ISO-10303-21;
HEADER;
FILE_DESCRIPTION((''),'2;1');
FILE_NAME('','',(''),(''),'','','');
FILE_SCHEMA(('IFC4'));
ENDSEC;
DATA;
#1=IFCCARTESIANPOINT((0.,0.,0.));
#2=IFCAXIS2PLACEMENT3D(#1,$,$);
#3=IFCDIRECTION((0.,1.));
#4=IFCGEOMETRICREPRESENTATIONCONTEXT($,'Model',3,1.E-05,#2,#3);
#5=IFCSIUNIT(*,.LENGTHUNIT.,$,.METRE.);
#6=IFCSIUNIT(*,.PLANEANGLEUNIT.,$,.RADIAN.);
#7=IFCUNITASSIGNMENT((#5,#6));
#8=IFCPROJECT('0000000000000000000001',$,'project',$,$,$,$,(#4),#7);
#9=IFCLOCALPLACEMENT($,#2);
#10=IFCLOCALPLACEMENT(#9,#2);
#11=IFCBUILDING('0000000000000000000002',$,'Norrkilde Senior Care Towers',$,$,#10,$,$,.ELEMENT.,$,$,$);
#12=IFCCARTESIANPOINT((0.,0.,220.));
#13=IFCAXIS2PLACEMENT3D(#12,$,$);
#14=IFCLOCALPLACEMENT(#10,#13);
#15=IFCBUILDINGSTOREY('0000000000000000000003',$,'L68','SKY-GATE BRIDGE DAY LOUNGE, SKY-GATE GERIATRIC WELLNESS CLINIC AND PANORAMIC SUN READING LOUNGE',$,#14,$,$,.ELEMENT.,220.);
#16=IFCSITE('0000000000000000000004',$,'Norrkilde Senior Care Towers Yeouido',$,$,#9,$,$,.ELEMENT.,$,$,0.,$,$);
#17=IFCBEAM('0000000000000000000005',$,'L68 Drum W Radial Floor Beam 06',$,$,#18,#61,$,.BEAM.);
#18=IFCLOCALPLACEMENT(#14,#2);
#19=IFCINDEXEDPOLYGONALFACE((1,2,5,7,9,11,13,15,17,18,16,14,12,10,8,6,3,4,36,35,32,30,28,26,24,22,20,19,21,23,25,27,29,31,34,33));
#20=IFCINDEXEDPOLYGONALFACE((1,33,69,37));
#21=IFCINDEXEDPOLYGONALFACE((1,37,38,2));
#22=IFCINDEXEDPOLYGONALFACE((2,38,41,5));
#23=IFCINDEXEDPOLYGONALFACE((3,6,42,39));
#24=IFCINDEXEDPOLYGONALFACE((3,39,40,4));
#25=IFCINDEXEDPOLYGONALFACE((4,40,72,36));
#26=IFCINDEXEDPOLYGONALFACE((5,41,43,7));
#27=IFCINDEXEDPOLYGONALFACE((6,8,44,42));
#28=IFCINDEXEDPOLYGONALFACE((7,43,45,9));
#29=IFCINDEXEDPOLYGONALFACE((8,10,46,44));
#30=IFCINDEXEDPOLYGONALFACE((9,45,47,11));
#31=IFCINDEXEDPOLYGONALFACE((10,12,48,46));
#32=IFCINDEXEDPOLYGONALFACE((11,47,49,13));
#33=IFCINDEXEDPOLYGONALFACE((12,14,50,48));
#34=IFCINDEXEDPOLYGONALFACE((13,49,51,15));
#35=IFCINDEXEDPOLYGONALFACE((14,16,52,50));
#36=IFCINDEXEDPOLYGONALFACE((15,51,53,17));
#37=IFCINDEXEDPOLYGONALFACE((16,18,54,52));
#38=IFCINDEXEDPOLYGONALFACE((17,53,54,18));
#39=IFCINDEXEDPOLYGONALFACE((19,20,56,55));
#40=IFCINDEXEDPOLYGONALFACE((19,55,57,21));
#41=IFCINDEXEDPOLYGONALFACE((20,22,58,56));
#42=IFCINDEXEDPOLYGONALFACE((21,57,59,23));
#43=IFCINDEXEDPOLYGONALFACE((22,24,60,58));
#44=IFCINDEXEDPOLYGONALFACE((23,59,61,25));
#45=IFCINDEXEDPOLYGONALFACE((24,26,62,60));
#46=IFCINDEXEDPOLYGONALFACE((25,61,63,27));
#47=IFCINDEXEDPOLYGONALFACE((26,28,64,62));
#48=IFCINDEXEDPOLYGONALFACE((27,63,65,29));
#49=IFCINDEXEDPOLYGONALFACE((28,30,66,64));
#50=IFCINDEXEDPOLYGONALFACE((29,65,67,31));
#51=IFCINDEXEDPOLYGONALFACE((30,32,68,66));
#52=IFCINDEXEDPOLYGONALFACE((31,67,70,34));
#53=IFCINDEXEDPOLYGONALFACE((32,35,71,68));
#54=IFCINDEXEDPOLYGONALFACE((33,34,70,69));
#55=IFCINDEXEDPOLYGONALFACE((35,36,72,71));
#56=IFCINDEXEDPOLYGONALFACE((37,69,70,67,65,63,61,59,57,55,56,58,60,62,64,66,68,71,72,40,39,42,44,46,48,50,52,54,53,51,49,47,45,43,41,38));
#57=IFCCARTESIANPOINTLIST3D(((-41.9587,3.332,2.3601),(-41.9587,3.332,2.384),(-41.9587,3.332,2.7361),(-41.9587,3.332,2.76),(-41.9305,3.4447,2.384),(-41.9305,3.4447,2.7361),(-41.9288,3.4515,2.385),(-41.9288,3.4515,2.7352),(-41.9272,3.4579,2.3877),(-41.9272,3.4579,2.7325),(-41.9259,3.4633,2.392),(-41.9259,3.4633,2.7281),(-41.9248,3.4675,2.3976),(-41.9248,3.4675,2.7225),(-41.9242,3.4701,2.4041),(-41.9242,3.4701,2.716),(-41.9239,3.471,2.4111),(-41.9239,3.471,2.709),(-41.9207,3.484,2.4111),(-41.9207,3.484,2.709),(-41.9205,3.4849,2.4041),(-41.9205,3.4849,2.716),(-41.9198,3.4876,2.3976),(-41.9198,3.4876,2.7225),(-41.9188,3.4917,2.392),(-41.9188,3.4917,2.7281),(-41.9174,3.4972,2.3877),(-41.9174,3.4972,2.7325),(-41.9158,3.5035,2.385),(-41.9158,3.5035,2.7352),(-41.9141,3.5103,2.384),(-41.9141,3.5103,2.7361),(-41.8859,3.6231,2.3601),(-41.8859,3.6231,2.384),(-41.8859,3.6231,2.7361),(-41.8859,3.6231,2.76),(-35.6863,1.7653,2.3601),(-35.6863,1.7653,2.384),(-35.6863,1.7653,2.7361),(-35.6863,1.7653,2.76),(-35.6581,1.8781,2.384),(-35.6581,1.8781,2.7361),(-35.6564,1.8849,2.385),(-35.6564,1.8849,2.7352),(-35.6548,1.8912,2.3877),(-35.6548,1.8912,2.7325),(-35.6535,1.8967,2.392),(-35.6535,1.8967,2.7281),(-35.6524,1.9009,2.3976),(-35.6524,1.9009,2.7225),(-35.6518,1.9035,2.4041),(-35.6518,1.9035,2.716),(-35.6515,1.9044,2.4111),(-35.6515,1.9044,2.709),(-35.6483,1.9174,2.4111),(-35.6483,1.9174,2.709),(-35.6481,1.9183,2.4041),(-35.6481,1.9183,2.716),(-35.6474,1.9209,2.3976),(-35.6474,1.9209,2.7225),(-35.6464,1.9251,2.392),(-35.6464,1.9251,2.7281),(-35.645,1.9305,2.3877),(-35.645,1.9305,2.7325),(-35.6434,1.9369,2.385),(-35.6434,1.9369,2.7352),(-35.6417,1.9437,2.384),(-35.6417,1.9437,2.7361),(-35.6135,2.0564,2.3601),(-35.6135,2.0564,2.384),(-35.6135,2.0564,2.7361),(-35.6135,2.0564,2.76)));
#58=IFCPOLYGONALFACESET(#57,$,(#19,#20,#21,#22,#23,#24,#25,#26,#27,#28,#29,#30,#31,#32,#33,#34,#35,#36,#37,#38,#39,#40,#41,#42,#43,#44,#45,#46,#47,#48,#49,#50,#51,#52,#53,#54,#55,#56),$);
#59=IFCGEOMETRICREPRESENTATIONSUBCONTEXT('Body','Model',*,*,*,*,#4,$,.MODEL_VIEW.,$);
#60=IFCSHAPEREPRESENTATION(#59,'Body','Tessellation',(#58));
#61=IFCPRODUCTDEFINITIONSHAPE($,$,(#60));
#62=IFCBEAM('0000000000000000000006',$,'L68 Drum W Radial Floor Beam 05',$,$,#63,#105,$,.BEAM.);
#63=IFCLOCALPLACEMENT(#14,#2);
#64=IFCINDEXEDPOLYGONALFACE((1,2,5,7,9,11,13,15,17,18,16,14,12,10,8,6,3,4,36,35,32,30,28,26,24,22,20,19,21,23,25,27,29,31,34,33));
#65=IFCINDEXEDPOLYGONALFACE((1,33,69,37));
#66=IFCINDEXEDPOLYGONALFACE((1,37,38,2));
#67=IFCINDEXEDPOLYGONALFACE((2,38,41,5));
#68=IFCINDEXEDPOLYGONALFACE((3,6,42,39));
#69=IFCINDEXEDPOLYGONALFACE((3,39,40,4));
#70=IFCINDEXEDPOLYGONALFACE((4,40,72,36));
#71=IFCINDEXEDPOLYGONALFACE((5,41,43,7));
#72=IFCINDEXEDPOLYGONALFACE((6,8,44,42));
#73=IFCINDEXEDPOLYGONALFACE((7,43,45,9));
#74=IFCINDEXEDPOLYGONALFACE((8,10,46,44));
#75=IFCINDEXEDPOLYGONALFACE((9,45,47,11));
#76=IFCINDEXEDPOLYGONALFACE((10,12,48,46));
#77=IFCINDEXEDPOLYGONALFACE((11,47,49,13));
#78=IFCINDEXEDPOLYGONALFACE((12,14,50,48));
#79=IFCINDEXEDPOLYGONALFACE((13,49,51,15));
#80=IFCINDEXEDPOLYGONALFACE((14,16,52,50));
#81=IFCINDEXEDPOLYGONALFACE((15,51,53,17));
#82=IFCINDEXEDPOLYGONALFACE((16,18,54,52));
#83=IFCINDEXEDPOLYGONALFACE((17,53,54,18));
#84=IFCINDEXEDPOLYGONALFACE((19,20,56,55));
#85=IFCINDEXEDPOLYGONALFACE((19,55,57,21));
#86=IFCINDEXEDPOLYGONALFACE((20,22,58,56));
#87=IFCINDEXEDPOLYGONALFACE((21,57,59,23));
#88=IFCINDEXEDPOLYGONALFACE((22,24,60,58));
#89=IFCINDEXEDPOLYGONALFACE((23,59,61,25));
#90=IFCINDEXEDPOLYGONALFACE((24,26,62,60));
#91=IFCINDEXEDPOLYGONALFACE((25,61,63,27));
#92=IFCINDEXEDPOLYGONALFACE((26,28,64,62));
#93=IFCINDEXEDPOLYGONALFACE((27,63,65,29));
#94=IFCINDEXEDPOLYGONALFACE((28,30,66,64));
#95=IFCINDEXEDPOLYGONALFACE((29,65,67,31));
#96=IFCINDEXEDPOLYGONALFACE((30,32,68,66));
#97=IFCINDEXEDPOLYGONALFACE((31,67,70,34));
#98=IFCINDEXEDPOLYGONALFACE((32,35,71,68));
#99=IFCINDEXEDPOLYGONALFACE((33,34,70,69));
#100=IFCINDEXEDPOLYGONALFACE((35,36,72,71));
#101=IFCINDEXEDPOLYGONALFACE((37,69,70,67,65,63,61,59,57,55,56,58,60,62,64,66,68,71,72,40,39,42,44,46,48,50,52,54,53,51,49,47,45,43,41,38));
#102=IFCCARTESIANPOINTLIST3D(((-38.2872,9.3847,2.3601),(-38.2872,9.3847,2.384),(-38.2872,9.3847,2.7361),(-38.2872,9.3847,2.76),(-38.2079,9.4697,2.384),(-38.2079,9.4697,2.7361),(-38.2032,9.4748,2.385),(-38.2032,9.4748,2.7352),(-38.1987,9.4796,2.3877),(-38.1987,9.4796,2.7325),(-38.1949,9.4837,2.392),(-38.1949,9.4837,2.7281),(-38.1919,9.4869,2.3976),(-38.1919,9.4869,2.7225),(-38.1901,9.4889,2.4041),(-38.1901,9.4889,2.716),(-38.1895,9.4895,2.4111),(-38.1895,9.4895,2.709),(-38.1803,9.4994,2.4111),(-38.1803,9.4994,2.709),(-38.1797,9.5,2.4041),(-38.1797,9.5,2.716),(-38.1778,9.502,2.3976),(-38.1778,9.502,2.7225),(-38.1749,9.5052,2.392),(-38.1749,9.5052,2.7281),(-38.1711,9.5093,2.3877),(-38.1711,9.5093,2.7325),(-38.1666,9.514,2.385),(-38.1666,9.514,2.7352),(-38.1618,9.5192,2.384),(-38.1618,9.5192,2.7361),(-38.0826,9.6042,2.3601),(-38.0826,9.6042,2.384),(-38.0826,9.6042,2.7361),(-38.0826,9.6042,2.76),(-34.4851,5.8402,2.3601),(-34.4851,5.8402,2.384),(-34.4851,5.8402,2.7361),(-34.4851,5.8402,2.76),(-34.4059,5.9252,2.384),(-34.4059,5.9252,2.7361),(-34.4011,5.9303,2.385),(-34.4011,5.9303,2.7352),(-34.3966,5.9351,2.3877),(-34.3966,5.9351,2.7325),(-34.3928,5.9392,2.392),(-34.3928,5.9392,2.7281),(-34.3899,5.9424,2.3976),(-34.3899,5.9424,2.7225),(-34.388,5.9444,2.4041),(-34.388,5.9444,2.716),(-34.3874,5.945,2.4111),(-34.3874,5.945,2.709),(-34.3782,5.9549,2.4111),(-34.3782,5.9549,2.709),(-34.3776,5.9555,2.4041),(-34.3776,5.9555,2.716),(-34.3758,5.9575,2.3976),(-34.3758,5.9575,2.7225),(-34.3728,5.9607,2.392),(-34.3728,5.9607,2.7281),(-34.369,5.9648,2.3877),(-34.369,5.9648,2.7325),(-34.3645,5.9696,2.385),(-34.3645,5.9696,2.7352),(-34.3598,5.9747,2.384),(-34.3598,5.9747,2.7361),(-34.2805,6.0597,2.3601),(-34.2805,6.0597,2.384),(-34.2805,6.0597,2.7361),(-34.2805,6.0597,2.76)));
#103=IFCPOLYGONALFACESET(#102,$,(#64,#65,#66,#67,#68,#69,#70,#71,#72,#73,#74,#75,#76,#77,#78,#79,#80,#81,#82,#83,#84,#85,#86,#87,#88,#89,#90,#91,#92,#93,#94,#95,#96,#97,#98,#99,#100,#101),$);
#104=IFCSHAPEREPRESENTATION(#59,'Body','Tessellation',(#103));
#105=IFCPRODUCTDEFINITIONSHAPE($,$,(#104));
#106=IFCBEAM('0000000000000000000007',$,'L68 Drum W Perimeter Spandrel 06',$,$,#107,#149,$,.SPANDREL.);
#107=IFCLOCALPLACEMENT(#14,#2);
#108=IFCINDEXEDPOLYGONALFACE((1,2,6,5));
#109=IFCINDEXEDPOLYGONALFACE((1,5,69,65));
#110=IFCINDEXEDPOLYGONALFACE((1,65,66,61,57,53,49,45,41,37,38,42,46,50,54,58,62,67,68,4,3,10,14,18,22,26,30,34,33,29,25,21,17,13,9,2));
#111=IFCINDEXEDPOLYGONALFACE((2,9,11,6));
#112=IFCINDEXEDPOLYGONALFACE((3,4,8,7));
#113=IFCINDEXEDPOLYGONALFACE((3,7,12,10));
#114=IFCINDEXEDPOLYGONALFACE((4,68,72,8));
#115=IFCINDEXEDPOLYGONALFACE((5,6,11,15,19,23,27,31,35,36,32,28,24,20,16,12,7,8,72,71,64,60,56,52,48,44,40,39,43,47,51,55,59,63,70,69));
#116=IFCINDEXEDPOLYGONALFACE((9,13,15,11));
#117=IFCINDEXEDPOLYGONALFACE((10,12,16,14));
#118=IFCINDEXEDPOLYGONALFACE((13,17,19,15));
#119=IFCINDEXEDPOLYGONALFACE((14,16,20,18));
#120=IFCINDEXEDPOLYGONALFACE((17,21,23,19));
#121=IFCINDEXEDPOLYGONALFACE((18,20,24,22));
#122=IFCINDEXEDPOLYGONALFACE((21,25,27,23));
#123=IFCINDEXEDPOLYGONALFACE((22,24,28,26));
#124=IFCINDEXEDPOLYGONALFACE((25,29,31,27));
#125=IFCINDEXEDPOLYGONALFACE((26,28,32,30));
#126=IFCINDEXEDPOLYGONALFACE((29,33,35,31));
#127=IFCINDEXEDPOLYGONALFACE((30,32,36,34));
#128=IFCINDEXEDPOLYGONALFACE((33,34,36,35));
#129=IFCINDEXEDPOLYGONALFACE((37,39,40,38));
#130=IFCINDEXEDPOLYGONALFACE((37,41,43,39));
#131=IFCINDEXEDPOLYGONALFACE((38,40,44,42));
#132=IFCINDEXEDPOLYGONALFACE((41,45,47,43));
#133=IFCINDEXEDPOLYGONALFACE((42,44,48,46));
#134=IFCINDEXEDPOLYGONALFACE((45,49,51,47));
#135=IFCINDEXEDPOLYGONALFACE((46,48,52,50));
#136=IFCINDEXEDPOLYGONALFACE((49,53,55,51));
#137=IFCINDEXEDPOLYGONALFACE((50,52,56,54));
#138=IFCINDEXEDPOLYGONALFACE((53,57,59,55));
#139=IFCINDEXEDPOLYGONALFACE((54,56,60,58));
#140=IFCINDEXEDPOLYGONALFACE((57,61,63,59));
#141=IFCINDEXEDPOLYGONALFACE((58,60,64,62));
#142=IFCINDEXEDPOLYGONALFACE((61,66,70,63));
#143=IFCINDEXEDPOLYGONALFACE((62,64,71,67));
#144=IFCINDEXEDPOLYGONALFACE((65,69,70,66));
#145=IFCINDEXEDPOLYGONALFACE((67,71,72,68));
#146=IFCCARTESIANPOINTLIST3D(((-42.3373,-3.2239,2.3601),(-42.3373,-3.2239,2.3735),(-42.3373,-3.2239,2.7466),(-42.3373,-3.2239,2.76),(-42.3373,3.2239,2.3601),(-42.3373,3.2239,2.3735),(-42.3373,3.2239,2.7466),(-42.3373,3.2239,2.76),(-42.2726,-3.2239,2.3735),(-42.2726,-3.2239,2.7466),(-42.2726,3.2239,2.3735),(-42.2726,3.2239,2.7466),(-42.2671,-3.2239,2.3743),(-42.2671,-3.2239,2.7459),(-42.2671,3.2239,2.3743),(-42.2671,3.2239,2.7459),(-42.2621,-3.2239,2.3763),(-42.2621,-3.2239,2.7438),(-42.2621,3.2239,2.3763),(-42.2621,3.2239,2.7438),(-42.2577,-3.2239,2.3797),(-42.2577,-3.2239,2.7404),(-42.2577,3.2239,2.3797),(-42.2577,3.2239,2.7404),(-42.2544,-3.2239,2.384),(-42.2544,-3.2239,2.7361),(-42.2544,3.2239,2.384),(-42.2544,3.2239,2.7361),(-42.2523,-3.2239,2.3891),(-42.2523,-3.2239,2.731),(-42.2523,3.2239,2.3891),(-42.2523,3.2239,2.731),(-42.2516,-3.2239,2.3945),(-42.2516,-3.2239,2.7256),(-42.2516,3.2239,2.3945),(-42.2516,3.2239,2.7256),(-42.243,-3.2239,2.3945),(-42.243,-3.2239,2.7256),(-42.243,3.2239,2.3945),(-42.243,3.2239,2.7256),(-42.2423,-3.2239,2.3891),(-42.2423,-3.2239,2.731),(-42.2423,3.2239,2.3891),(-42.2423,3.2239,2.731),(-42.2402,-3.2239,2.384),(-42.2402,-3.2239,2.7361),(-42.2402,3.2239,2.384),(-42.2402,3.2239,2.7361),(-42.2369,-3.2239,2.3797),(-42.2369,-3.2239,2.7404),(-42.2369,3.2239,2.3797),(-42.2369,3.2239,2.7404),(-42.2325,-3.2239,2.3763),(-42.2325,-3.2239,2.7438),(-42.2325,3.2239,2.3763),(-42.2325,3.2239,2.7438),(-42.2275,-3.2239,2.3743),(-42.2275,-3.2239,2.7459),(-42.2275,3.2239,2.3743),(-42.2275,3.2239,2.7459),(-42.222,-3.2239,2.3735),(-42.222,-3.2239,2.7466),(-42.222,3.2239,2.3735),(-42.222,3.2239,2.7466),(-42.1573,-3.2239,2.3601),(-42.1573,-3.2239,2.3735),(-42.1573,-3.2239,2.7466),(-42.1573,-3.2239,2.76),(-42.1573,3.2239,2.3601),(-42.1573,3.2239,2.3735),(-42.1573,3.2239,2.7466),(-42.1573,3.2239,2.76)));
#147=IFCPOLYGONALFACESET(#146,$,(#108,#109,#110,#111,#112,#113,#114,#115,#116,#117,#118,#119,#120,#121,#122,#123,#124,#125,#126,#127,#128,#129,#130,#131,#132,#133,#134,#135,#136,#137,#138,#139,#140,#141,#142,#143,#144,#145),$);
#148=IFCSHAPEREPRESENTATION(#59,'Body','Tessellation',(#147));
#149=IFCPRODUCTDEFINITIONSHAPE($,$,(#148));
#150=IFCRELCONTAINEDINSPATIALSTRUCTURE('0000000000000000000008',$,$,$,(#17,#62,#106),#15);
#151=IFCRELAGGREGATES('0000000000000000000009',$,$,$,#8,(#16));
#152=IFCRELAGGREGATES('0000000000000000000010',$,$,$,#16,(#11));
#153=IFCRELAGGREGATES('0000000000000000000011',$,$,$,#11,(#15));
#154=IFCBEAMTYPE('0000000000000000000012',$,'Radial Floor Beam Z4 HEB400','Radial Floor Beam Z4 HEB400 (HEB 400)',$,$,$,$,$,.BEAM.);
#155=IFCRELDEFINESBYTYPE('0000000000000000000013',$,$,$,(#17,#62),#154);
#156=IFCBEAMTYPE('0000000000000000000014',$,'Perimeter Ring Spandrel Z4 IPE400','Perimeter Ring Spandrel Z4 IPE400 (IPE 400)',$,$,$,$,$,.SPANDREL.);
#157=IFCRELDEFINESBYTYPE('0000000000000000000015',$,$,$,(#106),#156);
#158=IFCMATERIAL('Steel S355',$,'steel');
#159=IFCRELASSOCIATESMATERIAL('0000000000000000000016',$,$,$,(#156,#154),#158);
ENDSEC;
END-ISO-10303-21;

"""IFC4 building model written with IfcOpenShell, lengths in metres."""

from ifc_helpers import new_model, si_unit, direction, frame, origin, origin_2d, place, context, subcontext, project, spatial, i_section, extrude, source, transform, mapped, material, material_profile, profile_set, type_object, type_shapes, element, save


model = new_model("IFC4")

# Units and contexts
model_context = context("Model", 3, precision=1e-05, world=origin(), true_north=direction((0.0, 1.0)))
body_context = subcontext(model_context, "Body", "Model", "MODEL_VIEW")
ifc_project = project(units=[si_unit("LENGTHUNIT", "METRE"), si_unit("PLANEANGLEUNIT", "RADIAN")], contexts=[model_context])

# Site, building, storey
site_placement = place(None, origin())
site = spatial("IfcSite", under=ifc_project, at=site_placement, Name="Norrkilde Senior Care Towers Yeouido", CompositionType="ELEMENT", RefElevation=0.0)
building_placement = place(site_placement, origin())
building = spatial("IfcBuilding", under=site, at=building_placement, Name="Norrkilde Senior Care Towers", CompositionType="ELEMENT")
storey_placement = place(building_placement, frame((0.0, 0.0, 220.0)))
storey = spatial("IfcBuildingStorey", under=building, at=storey_placement, Name="L68", Description="SKY-GATE BRIDGE DAY LOUNGE, SKY-GATE GERIATRIC WELLNESS CLINIC AND PANORAMIC SUN READING LOUNGE", CompositionType="ELEMENT", Elevation=220.0)

# Beams
ifc_material_1 = material(Name="Steel S355", Category="steel")
ifc_material_profile_1 = material_profile(ifc_material_1, i_section(OverallWidth=0.1799, OverallDepth=0.3999, WebThickness=0.0085, FlangeThickness=0.0134, FilletRadius=0.021, at=origin_2d()), Name="IPE 400")
ifc_profile_set_1 = profile_set([ifc_material_profile_1], Name="Steel S355")
beam_type_1 = type_object("IfcBeamType", Name="Perimeter Ring Spandrel Z4 IPE400", Description="Perimeter Ring Spandrel Z4 IPE400 (IPE 400)", PredefinedType="SPANDREL", material=ifc_profile_set_1)
ifc_material_profile_2 = material_profile(ifc_material_1, i_section(OverallWidth=0.3, OverallDepth=0.3999, WebThickness=0.0134, FlangeThickness=0.0239, FilletRadius=0.0271, at=origin_2d()), Name="HEB 400")
ifc_profile_set_2 = profile_set([ifc_material_profile_2], Name="Steel S355")
beam_type_2 = type_object("IfcBeamType", Name="Radial Floor Beam Z4 HEB400", Description="Radial Floor Beam Z4 HEB400 (HEB 400)", PredefinedType="BEAM", material=ifc_profile_set_2)
shared_shape_1 = source(origin(), body_context, "Body", "SweptSolid", [
    extrude(i_section(OverallWidth=0.3, OverallDepth=0.3999, WebThickness=0.0134, FlangeThickness=0.0239, FilletRadius=0.0271, at=origin_2d()), origin(), (0.0, 0.0, 1.0), 6.4651),
])
beam_1_placement = place(storey_placement, frame((-35.6499, 1.9109, 2.5601), z_axis=(-0.970196, 0.242322, 0.0), x_axis=(-0.242322, -0.970196, 0.0)))
element("IfcBeam", 1, at=beam_1_placement, inside=storey, type_object=beam_type_2, Name="L68 Drum W Radial Floor Beam 06", PredefinedType="BEAM", context=body_context, shape_type="MappedRepresentation", body=[
    mapped(shared_shape_1, transform((0.0, 0.0, 0.0), x_axis=(1.0, 0.0, 0.0), y_axis=(0.0, 1.0, 0.0), z_axis=(0.0, 0.0, 1.0), scale=1.0)),
])
shared_shape_2 = source(origin(), body_context, "Body", "SweptSolid", [
    extrude(i_section(OverallWidth=0.3, OverallDepth=0.3999, WebThickness=0.0134, FlangeThickness=0.0239, FilletRadius=0.0271, at=origin_2d()), origin(), (0.0, 0.0, 1.0), 5.198),
])
type_shapes(beam_type_2, [shared_shape_1, shared_shape_2])
beam_2_placement = place(storey_placement, frame((-34.3828, 5.95, 2.5601), z_axis=(-0.731449, 0.681896, 0.0), x_axis=(-0.681896, -0.731449, 0.0)))
element("IfcBeam", 2, at=beam_2_placement, inside=storey, type_object=beam_type_2, Name="L68 Drum W Radial Floor Beam 05", PredefinedType="BEAM", context=body_context, shape_type="MappedRepresentation", body=[
    mapped(shared_shape_2, transform((0.0, 0.0, 0.0), x_axis=(1.0, 0.0, 0.0), y_axis=(0.0, 1.0, 0.0), z_axis=(0.0, 0.0, 1.0), scale=1.0)),
])
shared_shape_3 = source(origin(), body_context, "Body", "SweptSolid", [
    extrude(i_section(OverallWidth=0.1799, OverallDepth=0.3999, WebThickness=0.0085, FlangeThickness=0.0134, FilletRadius=0.021, at=origin_2d()), origin(), (0.0, 0.0, 1.0), 6.4478),
])
beam_3_placement = place(storey_placement, frame((-42.2473, 3.2239, 2.5601), z_axis=(0.0, -1.0, 0.0), x_axis=(1.0, 0.0, 0.0)))
element("IfcBeam", 3, at=beam_3_placement, inside=storey, type_object=beam_type_1, Name="L68 Drum W Perimeter Spandrel 06", PredefinedType="SPANDREL", context=body_context, shape_type="MappedRepresentation", body=[
    mapped(shared_shape_3, transform((0.0, 0.0, 0.0), x_axis=(1.0, 0.0, 0.0), y_axis=(0.0, 1.0, 0.0), z_axis=(0.0, 0.0, 1.0), scale=1.0)),
])

save(model, "model.ifc")
